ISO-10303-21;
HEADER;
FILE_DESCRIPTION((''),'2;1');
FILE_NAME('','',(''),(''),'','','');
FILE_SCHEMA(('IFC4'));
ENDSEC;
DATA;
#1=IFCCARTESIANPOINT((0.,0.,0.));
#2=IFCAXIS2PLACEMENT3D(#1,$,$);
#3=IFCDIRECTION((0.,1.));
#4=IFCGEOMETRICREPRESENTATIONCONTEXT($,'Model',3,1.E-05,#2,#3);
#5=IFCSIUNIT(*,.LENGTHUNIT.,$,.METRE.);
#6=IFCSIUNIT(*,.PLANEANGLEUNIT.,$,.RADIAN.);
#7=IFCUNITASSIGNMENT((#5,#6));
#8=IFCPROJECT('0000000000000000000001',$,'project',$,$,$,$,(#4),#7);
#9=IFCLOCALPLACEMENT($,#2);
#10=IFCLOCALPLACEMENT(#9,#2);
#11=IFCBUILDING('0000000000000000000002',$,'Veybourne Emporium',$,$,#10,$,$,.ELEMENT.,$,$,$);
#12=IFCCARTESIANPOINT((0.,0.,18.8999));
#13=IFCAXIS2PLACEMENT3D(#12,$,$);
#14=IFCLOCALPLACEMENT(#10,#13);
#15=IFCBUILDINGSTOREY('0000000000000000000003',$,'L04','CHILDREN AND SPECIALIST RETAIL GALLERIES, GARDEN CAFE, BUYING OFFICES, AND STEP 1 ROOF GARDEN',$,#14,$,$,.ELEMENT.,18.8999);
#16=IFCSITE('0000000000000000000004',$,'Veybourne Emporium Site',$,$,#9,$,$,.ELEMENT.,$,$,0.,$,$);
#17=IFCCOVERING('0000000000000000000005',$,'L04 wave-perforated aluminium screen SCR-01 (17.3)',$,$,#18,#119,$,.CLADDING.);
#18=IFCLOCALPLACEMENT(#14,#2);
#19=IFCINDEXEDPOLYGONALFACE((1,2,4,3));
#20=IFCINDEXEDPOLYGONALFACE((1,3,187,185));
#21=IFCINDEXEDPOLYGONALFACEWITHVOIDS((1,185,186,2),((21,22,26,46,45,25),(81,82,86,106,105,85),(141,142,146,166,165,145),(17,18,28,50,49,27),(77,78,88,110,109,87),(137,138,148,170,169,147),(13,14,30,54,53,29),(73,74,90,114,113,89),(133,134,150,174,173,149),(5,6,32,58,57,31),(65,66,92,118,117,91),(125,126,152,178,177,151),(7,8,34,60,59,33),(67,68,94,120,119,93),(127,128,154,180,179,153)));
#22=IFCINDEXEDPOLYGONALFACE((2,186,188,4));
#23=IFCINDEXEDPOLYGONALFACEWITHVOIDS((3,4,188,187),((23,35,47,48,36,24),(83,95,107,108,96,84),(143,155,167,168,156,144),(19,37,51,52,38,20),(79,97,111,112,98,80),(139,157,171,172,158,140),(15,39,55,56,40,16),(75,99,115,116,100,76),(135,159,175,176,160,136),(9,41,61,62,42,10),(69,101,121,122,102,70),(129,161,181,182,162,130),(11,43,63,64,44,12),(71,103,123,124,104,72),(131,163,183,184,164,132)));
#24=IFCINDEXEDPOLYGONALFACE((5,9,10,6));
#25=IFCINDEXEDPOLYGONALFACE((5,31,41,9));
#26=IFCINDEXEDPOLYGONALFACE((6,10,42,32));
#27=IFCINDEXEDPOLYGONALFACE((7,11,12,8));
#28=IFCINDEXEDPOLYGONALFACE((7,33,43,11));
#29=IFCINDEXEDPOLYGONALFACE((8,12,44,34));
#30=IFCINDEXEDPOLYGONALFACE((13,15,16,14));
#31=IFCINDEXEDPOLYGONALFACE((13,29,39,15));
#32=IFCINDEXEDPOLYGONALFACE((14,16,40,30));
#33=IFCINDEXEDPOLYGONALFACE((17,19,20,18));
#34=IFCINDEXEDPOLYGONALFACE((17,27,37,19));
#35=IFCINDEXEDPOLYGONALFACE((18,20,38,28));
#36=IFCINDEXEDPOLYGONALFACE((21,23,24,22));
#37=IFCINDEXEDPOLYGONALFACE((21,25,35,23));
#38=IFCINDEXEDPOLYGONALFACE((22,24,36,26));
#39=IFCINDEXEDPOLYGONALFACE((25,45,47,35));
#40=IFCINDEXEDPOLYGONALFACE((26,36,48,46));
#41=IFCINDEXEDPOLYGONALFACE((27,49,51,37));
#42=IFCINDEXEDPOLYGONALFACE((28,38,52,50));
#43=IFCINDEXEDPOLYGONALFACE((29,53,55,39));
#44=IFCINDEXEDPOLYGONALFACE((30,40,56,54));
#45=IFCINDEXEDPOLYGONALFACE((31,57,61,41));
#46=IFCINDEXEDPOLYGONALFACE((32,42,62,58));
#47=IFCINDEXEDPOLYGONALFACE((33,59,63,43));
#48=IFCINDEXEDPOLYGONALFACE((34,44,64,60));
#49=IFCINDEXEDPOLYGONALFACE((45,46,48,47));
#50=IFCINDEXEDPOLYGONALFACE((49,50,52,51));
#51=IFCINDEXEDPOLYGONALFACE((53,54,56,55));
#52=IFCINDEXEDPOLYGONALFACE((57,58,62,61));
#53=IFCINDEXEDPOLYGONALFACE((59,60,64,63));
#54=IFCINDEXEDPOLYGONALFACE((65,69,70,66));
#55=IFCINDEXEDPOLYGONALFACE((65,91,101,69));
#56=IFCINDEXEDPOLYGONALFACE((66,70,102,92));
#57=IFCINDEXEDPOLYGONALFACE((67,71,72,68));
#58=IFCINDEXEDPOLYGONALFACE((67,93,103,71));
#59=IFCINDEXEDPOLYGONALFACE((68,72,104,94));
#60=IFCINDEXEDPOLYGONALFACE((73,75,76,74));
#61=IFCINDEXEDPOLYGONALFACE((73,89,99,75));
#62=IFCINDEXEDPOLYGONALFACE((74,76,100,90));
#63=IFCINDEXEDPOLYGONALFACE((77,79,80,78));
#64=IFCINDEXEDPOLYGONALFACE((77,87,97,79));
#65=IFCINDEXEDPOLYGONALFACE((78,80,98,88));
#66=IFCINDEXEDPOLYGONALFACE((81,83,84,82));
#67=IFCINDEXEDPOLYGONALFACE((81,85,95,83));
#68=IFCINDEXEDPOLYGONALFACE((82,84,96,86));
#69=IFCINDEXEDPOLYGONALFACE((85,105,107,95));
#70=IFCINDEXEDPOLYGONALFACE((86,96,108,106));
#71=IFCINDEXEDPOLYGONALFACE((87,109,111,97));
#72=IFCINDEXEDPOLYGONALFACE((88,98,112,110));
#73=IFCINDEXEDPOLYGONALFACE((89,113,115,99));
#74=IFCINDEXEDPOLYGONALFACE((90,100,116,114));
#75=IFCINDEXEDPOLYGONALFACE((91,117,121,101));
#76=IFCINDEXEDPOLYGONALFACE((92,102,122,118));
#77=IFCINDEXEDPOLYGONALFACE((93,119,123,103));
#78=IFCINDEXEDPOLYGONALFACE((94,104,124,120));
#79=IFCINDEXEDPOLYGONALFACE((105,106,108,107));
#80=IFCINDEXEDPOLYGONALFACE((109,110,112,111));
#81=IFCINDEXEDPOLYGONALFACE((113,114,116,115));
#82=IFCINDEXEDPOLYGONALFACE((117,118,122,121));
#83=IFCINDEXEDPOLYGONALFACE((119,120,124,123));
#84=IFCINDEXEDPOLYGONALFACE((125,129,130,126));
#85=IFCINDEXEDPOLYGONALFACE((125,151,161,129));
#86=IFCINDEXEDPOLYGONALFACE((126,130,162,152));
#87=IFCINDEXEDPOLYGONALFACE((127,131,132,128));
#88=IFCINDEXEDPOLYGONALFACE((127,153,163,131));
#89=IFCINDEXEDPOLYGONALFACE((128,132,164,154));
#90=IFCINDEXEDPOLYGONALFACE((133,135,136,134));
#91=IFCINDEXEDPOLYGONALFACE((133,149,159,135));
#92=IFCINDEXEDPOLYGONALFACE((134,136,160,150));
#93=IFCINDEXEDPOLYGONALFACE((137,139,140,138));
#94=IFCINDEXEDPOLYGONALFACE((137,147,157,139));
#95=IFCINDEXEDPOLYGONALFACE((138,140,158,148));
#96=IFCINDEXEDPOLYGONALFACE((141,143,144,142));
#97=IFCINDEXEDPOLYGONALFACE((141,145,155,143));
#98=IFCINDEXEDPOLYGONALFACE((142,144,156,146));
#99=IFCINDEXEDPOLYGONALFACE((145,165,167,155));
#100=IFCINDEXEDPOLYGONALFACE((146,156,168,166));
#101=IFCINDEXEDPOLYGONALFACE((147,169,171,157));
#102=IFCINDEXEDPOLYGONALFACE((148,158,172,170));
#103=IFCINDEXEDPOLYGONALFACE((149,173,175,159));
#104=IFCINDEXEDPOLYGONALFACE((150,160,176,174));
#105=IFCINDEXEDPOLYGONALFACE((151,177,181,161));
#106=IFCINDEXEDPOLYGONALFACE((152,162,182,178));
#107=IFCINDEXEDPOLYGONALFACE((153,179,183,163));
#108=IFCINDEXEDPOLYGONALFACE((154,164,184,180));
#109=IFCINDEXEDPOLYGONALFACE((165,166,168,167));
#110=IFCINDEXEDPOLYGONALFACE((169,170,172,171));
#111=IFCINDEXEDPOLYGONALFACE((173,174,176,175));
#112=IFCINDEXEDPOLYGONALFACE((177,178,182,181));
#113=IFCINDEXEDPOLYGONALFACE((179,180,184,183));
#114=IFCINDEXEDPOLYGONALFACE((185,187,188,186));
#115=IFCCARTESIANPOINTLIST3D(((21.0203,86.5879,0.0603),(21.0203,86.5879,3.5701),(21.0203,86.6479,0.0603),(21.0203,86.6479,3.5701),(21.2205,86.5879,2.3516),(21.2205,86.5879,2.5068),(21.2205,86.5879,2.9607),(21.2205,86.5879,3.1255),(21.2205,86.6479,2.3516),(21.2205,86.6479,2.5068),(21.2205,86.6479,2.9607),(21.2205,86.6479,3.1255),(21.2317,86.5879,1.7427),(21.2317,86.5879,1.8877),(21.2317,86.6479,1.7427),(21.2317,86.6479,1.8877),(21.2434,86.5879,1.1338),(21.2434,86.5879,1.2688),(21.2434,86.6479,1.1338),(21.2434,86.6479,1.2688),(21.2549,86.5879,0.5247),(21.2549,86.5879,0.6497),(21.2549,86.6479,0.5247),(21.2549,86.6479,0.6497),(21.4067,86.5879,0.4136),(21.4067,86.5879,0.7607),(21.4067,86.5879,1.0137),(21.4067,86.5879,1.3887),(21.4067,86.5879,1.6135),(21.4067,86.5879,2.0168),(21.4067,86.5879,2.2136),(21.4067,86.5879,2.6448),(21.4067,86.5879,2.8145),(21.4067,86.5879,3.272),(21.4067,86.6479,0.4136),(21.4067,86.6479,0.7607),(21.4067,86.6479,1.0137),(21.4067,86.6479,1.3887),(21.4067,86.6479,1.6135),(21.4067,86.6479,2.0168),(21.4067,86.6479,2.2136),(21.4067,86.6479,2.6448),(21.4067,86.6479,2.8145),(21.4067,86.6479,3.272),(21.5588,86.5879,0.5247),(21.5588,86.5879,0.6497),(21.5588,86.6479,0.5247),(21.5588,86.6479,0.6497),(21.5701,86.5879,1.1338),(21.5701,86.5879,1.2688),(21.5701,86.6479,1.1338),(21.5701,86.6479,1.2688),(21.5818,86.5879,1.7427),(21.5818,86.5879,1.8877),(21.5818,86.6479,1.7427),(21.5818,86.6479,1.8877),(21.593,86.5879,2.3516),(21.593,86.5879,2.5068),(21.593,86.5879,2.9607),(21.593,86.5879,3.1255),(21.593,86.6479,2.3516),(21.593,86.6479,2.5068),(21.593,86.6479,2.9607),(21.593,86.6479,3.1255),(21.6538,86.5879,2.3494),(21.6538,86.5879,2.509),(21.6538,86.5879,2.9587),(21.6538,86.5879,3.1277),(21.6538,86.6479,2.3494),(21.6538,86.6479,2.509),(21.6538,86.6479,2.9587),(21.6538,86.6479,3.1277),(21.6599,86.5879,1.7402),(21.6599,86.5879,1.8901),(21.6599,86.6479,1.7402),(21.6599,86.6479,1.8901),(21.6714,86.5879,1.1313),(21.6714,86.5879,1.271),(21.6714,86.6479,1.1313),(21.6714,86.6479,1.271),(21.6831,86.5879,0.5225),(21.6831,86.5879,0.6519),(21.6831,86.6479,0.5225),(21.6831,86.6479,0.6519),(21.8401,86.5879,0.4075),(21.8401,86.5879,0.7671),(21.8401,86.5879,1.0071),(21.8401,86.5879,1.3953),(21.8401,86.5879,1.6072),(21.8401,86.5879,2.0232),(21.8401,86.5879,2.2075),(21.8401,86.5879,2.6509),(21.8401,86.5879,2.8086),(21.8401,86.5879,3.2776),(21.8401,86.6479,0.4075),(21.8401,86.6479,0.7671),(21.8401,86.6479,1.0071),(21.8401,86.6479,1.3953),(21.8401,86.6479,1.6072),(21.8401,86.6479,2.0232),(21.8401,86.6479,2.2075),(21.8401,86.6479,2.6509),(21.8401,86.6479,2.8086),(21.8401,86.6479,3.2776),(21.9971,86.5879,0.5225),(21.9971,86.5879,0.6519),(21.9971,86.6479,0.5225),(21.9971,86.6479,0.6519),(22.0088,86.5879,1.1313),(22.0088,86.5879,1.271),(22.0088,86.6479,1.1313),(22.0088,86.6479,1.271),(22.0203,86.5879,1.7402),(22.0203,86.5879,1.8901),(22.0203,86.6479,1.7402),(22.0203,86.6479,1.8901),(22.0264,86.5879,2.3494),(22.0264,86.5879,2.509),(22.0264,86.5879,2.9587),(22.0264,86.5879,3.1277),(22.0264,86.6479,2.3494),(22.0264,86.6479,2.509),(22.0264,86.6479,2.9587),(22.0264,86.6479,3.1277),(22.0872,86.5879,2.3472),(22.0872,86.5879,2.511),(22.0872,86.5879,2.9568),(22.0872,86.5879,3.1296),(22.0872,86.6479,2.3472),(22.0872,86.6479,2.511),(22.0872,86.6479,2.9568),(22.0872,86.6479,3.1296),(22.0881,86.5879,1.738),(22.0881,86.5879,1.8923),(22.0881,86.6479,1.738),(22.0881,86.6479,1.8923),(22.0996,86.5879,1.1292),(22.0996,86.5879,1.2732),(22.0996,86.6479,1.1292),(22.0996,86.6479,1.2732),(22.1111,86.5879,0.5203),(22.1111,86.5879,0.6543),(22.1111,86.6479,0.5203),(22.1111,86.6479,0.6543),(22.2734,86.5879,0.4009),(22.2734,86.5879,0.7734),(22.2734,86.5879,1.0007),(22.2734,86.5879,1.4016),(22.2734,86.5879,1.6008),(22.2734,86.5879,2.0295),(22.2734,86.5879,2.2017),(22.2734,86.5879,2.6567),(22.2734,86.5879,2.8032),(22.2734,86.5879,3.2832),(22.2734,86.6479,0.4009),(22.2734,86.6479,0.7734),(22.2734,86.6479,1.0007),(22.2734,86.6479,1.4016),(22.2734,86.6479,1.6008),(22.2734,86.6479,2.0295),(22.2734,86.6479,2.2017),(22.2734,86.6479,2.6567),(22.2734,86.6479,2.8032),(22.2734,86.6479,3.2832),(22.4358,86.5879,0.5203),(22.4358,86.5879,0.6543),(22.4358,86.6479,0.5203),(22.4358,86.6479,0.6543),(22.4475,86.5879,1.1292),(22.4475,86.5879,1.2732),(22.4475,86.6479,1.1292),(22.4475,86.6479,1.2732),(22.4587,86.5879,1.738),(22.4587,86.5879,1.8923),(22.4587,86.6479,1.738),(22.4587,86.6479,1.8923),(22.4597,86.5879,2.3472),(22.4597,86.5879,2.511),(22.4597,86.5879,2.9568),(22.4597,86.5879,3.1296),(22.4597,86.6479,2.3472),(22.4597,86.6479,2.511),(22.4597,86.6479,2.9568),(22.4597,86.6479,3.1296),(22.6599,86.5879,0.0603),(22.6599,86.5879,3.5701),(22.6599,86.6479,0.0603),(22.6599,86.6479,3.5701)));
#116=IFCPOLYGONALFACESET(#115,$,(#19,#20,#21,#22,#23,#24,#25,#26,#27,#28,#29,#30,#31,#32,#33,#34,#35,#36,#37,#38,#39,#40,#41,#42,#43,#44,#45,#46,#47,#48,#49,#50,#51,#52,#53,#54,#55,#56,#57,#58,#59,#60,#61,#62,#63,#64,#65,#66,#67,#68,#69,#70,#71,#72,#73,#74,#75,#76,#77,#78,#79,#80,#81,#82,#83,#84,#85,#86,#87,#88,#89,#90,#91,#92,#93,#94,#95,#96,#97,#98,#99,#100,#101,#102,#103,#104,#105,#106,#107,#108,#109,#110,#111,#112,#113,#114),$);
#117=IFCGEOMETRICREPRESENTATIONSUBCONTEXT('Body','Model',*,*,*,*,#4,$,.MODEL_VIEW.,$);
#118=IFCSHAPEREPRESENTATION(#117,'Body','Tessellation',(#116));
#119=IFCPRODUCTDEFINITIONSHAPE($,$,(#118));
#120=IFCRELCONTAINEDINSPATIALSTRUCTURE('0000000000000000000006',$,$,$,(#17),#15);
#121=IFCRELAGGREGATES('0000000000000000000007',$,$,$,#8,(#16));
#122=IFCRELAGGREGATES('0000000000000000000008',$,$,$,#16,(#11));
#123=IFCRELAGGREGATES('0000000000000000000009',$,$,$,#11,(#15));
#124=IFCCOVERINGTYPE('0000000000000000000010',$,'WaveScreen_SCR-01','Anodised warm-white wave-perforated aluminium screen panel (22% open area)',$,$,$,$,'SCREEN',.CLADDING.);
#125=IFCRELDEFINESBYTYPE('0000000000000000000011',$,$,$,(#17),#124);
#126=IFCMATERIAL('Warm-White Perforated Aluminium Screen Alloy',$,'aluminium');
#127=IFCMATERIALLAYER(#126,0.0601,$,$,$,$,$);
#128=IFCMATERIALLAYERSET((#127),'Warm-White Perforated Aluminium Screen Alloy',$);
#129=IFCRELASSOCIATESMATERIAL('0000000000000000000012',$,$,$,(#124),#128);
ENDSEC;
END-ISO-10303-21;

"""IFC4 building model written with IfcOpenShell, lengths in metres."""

from ifc_helpers import new_model, si_unit, direction, frame, origin, place, context, subcontext, project, spatial, polyline, outline, extrude, material, layer, layer_set, type_object, element, save


model = new_model("IFC4")

# Units and contexts
model_context = context("Model", 3, precision=1e-05, world=origin(), true_north=direction((0.0, 1.0)))
body_context = subcontext(model_context, "Body", "Model", "MODEL_VIEW")
ifc_project = project(units=[si_unit("LENGTHUNIT", "METRE"), si_unit("PLANEANGLEUNIT", "RADIAN")], contexts=[model_context])

# Site, building, storey
site_placement = place(None, origin())
site = spatial("IfcSite", under=ifc_project, at=site_placement, Name="Veybourne Emporium Site", CompositionType="ELEMENT", RefElevation=0.0)
building_placement = place(site_placement, origin())
building = spatial("IfcBuilding", under=site, at=building_placement, Name="Veybourne Emporium", CompositionType="ELEMENT")
storey_placement = place(building_placement, frame((0.0, 0.0, 18.8999)))
storey = spatial("IfcBuildingStorey", under=building, at=storey_placement, Name="L04", Description="CHILDREN AND SPECIALIST RETAIL GALLERIES, GARDEN CAFE, BUYING OFFICES, AND STEP 1 ROOF GARDEN", CompositionType="ELEMENT", Elevation=18.8999)

# Covering
ifc_material_1 = material(Name="Warm-White Perforated Aluminium Screen Alloy", Category="aluminium")
ifc_layer_1 = layer(ifc_material_1, 0.0601)
ifc_layer_set_1 = layer_set([ifc_layer_1], Name="Warm-White Perforated Aluminium Screen Alloy")
covering_type_1 = type_object("IfcCoveringType", Name="WaveScreen_SCR-01", Description="Anodised warm-white wave-perforated aluminium screen panel (22% open area)", ElementType="SCREEN", PredefinedType="CLADDING", material=ifc_layer_set_1)
covering_1_placement = place(storey_placement, frame((21.8401, 86.6479, 1.8152), z_axis=(0.0, -1.0, 0.0), x_axis=(1.0, 0.0, 0.0)))
element("IfcCovering", 1, at=covering_1_placement, inside=storey, type_object=covering_type_1, Name="L04 wave-perforated aluminium screen SCR-01 (17.3)", PredefinedType="CLADDING", context=body_context, shape_type="SweptSolid", body=[
    extrude(outline(polyline([(-0.8198, -1.7549), (0.8198, -1.7549), (0.8198, 1.7549), (-0.8198, 1.7549), (-0.8198, -1.7549)]), holes=[polyline([(-0.4333, -1.0544), (-0.2812, -1.1655), (-0.2812, -1.2905), (-0.4333, -1.4016), (-0.5852, -1.2905), (-0.5852, -1.1655), (-0.4333, -1.0544)]), polyline([(-0.4333, -0.4265), (-0.27, -0.5464), (-0.27, -0.6814), (-0.4333, -0.8015), (-0.5967, -0.6814), (-0.5967, -0.5464), (-0.4333, -0.4265)]), polyline([(-0.4333, 0.2017), (-0.2583, 0.0725), (-0.2583, -0.0725), (-0.4333, -0.2017), (-0.6084, -0.0725), (-0.6084, 0.0725), (-0.4333, 0.2017)]), polyline([(-0.4333, 0.8296), (-0.2471, 0.6917), (-0.2471, 0.5364), (-0.4333, 0.3984), (-0.6196, 0.5364), (-0.6196, 0.6917), (-0.4333, 0.8296)]), polyline([(-0.4333, 1.4568), (-0.2471, 1.3103), (-0.2471, 1.1455), (-0.4333, 0.9993), (-0.6196, 1.1455), (-0.6196, 1.3103), (-0.4333, 1.4568)]), polyline([(0.0, -1.0481), (0.157, -1.1633), (0.157, -1.2927), (0.0, -1.4077), (-0.157, -1.2927), (-0.157, -1.1633), (0.0, -1.0481)]), polyline([(0.0, -0.4199), (0.1687, -0.5442), (0.1687, -0.6838), (0.0, -0.8081), (-0.1687, -0.6838), (-0.1687, -0.5442), (0.0, -0.4199)]), polyline([(0.0, 0.208), (0.1802, 0.075), (0.1802, -0.075), (0.0, -0.208), (-0.1802, -0.075), (-0.1802, 0.075), (0.0, 0.208)]), polyline([(0.0, 0.8357), (0.1863, 0.6938), (0.1863, 0.5342), (0.0, 0.3923), (-0.1863, 0.5342), (-0.1863, 0.6938), (0.0, 0.8357)]), polyline([(0.0, 1.4624), (0.1863, 1.3125), (0.1863, 1.1436), (0.0, 0.9934), (-0.1863, 1.1436), (-0.1863, 1.3125), (0.0, 1.4624)]), polyline([(0.4333, -1.0417), (0.5957, -1.1609), (0.5957, -1.2949), (0.4333, -1.4143), (0.271, -1.2949), (0.271, -1.1609), (0.4333, -1.0417)]), polyline([(0.4333, -0.4136), (0.6074, -0.542), (0.6074, -0.686), (0.4333, -0.8145), (0.2595, -0.686), (0.2595, -0.542), (0.4333, -0.4136)]), polyline([(0.4333, 0.2144), (0.6187, 0.0771), (0.6187, -0.0771), (0.4333, -0.2144), (0.248, -0.0771), (0.248, 0.0771), (0.4333, 0.2144)]), polyline([(0.4333, 0.8416), (0.6196, 0.6958), (0.6196, 0.532), (0.4333, 0.3865), (0.2471, 0.532), (0.2471, 0.6958), (0.4333, 0.8416)]), polyline([(0.4333, 1.468), (0.6196, 1.3145), (0.6196, 1.1416), (0.4333, 0.988), (0.2471, 1.1416), (0.2471, 1.3145), (0.4333, 1.468)])]), origin(), (0.0, 0.0, 1.0), 0.0601),
])

save(model, "model.ifc")
